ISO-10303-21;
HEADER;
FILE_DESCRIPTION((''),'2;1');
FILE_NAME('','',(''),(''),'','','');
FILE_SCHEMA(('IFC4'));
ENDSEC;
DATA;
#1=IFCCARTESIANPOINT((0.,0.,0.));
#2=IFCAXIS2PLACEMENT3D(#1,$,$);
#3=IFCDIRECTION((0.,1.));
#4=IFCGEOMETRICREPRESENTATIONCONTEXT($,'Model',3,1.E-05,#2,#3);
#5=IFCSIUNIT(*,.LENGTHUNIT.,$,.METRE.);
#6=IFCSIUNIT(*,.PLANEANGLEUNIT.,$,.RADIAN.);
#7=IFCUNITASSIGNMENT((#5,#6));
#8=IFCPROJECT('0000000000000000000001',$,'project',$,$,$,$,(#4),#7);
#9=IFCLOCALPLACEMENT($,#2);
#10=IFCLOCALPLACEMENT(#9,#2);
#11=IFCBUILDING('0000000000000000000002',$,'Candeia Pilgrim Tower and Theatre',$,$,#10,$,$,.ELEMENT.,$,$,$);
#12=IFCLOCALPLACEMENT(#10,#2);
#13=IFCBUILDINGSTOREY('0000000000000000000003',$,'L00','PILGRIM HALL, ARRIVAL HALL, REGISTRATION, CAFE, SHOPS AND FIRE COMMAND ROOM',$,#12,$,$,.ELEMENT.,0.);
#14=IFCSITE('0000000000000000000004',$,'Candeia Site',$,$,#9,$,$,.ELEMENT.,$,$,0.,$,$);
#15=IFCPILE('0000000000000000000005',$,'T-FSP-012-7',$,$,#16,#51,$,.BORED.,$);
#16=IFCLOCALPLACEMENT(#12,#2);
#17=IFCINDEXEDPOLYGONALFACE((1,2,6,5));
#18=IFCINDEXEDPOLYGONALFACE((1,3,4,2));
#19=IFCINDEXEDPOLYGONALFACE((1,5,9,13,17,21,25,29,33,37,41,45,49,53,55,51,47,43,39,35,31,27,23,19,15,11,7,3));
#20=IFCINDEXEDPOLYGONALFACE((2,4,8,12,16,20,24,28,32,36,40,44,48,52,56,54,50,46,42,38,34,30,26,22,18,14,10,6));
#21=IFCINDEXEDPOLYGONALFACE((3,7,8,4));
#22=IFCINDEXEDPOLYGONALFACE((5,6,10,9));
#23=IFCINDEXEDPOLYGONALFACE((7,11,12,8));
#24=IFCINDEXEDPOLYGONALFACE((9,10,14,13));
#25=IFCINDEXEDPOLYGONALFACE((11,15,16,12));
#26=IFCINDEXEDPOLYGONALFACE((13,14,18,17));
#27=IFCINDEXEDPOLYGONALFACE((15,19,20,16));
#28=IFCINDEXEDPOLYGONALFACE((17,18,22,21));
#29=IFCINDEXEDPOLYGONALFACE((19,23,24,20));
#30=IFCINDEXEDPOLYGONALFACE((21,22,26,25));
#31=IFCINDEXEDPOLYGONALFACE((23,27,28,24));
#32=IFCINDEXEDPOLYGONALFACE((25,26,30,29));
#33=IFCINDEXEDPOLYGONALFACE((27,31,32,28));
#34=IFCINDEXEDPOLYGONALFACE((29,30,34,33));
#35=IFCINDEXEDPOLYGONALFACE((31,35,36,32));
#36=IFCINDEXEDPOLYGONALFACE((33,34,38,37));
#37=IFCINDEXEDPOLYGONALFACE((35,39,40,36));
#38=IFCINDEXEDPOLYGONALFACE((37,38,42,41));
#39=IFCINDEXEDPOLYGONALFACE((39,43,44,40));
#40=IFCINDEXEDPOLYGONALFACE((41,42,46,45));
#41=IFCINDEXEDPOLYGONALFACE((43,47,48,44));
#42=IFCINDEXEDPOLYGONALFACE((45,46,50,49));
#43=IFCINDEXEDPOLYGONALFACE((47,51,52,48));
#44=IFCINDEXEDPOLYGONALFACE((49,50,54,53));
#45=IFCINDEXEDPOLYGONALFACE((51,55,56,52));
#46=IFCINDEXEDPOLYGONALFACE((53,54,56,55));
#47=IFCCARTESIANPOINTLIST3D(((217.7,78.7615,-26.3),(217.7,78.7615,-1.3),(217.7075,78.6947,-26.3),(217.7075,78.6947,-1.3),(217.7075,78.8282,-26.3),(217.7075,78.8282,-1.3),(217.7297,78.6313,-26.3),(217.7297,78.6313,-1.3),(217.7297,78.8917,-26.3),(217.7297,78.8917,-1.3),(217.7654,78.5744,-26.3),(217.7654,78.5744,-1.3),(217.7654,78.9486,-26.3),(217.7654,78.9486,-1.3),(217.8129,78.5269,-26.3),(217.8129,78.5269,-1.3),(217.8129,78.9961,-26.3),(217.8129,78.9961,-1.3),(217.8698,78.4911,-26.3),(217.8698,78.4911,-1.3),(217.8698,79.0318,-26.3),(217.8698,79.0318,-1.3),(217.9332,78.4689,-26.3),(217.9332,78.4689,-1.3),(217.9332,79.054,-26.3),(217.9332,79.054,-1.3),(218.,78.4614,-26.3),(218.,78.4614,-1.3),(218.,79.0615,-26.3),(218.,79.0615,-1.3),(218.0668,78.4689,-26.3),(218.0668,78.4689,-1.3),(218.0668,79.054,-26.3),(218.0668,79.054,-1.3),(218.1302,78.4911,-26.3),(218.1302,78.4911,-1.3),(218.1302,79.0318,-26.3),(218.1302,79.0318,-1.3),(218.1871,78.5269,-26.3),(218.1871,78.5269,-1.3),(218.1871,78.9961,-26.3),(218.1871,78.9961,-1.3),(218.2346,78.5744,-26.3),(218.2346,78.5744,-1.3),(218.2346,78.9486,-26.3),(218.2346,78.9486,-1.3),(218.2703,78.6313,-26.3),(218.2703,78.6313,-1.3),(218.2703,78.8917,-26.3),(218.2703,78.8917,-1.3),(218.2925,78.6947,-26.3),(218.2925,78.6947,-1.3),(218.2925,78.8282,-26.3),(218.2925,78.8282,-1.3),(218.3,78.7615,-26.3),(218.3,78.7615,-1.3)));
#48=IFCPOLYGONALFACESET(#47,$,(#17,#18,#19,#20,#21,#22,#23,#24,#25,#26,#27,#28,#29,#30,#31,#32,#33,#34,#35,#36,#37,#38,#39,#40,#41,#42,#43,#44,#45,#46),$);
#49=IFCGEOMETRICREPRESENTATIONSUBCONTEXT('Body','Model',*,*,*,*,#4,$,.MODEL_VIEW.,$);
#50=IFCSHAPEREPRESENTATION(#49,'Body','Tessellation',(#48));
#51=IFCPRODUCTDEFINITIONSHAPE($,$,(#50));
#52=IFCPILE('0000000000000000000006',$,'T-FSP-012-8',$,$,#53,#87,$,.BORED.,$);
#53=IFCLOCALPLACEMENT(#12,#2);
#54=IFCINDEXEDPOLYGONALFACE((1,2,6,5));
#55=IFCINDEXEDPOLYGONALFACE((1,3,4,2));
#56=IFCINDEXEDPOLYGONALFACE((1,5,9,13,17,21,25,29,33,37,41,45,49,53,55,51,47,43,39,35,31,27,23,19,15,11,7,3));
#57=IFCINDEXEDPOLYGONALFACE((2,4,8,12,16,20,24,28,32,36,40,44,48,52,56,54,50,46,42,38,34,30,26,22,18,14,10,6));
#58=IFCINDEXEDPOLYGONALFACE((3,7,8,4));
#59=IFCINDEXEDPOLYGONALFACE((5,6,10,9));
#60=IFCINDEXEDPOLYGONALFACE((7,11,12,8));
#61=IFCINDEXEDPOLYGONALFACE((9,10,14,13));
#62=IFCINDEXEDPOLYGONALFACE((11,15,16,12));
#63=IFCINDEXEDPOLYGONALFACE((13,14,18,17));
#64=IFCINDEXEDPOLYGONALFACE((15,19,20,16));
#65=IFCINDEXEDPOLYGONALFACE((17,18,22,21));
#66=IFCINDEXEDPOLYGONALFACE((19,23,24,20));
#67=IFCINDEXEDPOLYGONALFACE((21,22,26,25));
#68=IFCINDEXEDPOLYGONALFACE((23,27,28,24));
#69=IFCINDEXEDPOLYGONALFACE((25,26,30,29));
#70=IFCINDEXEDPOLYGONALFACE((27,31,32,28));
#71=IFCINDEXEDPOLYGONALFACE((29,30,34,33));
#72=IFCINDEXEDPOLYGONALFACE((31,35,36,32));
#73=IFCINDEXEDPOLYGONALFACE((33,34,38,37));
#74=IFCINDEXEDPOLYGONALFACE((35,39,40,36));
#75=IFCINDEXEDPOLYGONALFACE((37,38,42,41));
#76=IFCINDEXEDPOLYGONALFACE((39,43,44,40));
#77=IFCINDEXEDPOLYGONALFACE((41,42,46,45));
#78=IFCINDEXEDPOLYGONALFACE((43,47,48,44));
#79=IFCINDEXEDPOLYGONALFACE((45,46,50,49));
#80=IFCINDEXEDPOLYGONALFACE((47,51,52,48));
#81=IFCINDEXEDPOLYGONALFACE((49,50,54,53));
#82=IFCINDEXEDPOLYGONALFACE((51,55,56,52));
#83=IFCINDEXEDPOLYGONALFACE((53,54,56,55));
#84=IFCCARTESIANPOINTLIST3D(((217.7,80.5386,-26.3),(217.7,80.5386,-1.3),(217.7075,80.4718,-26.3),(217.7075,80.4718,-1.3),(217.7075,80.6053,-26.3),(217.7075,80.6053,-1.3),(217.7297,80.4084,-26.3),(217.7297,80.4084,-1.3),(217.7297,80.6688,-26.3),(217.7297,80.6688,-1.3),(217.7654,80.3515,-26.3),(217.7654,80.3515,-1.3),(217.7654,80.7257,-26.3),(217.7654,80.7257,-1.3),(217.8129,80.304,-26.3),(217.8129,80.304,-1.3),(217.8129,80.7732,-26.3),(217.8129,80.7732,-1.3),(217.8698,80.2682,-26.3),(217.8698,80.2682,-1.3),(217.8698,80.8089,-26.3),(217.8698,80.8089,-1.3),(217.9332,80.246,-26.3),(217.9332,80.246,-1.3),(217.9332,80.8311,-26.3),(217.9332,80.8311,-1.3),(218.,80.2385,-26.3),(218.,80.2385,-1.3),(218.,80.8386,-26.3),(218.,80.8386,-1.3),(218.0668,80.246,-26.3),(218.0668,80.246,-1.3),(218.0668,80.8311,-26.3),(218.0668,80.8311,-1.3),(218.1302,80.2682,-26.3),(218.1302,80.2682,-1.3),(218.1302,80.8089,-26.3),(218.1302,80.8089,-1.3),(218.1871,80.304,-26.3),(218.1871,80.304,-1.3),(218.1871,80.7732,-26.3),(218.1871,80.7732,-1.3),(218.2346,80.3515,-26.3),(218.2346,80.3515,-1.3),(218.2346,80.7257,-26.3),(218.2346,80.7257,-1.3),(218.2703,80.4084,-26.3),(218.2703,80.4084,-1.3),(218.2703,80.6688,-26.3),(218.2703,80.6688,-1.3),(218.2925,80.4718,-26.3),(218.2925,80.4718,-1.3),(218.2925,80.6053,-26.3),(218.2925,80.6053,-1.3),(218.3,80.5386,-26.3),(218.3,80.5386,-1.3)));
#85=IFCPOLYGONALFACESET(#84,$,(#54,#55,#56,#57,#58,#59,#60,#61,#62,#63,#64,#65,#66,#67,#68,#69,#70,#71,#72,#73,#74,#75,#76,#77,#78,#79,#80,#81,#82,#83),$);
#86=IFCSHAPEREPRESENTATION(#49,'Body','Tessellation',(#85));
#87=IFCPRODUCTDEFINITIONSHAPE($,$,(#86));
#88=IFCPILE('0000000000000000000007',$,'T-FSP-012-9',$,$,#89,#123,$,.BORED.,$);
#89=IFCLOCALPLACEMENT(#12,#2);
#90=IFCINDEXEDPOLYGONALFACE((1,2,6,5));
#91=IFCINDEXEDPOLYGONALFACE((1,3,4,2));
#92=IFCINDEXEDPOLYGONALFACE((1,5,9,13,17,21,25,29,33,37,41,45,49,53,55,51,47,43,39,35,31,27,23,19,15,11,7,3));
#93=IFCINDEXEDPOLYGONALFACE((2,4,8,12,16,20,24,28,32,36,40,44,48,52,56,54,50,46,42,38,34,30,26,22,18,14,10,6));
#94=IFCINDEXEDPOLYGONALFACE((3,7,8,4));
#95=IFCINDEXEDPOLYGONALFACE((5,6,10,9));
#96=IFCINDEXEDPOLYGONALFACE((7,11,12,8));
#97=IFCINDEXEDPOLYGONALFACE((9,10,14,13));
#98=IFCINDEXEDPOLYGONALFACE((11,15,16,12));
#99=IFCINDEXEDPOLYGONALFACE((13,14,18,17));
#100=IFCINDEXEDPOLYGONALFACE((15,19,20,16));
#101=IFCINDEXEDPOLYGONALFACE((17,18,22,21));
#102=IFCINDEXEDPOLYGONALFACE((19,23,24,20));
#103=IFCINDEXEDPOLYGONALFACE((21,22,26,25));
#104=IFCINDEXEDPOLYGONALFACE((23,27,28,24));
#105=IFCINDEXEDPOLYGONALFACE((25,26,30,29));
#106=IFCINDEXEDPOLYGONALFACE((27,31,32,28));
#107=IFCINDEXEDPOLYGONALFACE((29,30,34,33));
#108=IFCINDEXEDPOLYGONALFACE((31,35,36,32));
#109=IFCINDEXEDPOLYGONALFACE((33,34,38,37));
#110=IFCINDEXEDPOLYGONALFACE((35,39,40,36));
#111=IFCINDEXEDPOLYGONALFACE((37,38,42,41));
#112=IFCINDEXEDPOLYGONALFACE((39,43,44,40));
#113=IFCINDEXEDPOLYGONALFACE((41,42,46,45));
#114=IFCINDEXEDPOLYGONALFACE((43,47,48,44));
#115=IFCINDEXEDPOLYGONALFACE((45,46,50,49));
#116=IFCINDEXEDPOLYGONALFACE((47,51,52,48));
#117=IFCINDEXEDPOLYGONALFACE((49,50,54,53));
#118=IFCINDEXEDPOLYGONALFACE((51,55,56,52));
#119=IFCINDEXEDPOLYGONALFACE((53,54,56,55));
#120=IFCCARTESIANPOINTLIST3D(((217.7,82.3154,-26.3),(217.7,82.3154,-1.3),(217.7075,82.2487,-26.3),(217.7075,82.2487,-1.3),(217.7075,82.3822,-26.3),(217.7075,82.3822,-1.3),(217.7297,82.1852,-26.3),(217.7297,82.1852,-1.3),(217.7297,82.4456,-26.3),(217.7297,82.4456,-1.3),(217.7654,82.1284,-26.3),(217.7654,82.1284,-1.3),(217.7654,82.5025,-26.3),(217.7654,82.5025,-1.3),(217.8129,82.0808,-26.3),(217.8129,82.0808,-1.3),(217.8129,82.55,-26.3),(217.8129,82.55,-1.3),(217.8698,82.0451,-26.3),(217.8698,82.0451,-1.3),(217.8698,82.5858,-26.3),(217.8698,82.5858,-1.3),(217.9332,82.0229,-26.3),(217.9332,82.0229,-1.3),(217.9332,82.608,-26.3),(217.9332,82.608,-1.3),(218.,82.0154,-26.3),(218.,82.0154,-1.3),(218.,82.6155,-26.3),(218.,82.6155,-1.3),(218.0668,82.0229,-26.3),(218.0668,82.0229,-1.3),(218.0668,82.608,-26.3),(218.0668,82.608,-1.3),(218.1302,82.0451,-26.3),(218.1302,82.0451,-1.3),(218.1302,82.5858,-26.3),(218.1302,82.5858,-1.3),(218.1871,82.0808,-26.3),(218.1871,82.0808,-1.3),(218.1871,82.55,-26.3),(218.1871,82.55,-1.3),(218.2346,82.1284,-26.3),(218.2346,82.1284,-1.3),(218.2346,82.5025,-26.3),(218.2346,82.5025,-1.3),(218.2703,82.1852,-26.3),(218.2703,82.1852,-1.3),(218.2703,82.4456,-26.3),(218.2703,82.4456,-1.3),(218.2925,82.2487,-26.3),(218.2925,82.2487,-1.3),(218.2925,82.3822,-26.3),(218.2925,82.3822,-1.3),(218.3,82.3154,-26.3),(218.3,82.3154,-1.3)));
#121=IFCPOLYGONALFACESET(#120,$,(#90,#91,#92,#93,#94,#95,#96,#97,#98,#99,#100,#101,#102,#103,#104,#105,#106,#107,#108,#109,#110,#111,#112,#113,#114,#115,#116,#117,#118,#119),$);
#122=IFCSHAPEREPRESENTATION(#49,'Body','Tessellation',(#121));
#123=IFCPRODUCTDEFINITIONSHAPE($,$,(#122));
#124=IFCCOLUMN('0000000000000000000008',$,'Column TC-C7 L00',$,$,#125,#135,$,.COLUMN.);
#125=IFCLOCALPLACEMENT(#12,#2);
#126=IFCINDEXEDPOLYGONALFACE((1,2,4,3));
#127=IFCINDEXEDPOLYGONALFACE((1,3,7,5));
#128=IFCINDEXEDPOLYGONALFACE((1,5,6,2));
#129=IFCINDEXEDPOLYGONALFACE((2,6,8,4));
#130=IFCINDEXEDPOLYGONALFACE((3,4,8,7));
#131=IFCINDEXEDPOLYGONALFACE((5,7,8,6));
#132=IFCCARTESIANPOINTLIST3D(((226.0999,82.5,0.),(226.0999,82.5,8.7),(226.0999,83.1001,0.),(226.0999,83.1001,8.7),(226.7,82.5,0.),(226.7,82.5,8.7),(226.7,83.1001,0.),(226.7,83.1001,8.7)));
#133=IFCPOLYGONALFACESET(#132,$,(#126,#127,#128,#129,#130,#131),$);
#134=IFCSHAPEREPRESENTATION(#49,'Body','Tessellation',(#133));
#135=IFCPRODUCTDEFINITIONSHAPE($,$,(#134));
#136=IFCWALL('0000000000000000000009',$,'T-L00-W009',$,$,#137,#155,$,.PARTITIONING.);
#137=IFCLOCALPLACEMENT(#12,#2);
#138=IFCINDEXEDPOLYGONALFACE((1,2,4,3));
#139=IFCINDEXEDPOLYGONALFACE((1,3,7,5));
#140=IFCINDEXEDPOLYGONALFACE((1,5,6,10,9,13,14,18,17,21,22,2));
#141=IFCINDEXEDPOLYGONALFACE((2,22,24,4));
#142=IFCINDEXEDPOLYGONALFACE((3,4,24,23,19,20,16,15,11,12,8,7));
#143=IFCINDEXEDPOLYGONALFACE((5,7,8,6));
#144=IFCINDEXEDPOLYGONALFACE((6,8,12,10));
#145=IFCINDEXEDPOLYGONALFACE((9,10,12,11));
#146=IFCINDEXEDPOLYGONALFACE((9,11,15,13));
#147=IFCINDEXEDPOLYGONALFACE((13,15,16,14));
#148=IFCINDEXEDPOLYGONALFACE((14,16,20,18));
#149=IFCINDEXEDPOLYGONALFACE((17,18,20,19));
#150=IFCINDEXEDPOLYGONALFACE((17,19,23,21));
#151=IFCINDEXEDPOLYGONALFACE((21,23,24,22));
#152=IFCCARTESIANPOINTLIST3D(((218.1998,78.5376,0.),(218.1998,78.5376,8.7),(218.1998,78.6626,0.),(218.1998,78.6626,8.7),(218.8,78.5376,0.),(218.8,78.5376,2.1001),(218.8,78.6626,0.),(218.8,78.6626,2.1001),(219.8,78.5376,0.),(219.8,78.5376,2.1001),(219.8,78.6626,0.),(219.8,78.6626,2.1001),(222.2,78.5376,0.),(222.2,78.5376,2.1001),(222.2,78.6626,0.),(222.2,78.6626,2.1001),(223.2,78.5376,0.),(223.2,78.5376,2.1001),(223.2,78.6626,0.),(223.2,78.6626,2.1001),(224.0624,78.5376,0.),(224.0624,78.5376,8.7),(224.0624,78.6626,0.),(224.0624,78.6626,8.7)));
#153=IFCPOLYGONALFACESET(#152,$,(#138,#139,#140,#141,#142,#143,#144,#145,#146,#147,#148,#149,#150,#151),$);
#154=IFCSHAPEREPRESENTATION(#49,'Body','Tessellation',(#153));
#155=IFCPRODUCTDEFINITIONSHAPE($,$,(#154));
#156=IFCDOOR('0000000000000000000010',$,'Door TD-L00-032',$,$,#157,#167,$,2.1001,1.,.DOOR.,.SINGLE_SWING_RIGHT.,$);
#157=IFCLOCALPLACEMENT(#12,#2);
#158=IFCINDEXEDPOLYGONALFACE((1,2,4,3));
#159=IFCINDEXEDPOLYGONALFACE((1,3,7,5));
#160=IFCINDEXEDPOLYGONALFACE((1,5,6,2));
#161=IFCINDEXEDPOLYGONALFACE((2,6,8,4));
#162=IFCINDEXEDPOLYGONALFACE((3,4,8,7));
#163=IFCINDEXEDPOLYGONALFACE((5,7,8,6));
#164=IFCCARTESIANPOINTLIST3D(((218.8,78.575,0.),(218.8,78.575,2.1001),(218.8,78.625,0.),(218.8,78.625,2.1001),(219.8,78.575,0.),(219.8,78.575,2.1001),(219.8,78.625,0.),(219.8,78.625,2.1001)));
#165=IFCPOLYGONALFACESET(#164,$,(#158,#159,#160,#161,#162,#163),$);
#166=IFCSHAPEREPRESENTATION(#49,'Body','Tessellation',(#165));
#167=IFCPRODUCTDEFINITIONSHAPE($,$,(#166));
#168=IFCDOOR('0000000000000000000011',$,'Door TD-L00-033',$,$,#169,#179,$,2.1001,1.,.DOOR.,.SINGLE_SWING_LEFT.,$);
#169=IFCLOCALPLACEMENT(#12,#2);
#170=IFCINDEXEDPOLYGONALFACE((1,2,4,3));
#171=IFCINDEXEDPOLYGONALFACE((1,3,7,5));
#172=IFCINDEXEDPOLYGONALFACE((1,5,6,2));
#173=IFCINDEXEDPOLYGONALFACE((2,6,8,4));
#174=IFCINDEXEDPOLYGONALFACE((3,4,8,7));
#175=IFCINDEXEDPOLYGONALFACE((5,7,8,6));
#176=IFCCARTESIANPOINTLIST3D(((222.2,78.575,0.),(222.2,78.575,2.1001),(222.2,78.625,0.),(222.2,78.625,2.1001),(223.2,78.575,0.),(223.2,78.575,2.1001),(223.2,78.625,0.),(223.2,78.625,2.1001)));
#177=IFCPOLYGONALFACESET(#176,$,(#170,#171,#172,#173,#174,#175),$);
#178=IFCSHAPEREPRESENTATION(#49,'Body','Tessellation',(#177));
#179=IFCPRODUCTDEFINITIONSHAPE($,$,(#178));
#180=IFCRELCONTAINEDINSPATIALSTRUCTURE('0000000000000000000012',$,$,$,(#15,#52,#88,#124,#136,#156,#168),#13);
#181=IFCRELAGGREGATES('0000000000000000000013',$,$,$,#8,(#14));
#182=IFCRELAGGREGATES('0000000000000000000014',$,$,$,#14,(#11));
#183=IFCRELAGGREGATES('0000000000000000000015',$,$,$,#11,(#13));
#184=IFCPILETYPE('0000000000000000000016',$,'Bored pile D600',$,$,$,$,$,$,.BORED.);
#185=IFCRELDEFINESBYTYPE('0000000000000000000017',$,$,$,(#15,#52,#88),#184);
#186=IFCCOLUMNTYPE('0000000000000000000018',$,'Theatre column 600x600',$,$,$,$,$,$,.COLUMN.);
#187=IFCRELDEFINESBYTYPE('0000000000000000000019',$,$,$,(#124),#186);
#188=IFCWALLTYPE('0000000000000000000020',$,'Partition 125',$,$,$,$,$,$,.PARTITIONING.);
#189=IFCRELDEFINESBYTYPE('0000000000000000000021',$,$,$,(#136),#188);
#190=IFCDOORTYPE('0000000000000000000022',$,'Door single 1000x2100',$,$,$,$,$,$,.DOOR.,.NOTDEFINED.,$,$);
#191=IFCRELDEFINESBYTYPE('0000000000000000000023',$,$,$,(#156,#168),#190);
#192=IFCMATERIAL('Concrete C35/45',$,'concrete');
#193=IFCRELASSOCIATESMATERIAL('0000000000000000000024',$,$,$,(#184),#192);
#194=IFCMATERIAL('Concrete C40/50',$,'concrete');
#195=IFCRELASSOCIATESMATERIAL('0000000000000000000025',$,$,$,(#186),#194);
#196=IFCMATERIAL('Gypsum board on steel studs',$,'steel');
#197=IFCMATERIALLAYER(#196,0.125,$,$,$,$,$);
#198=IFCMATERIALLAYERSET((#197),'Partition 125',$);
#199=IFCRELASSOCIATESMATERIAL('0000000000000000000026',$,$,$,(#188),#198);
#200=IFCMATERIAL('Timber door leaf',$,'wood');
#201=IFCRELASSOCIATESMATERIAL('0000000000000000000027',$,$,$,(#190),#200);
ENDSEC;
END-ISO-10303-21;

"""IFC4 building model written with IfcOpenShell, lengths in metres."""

from ifc_helpers import new_model, si_unit, direction, frame, frame_2d, origin, origin_2d, place, context, subcontext, project, spatial, rectangle, circle, extrude, material, layer, layer_set, material_profile, profile_set, type_object, element, fill, save


model = new_model("IFC4")

# Units and contexts
model_context = context("Model", 3, precision=1e-05, world=origin(), true_north=direction((0.0, 1.0)))
body_context = subcontext(model_context, "Body", "Model", "MODEL_VIEW")
ifc_project = project(units=[si_unit("LENGTHUNIT", "METRE"), si_unit("PLANEANGLEUNIT", "RADIAN")], contexts=[model_context])

# Site, building, storey
site_placement = place(None, origin())
site = spatial("IfcSite", under=ifc_project, at=site_placement, Name="Candeia Site", CompositionType="ELEMENT", RefElevation=0.0)
building_placement = place(site_placement, origin())
building = spatial("IfcBuilding", under=site, at=building_placement, Name="Candeia Pilgrim Tower and Theatre", CompositionType="ELEMENT")
storey_placement = place(building_placement, origin())
storey = spatial("IfcBuildingStorey", under=building, at=storey_placement, Name="L00", Description="PILGRIM HALL, ARRIVAL HALL, REGISTRATION, CAFE, SHOPS AND FIRE COMMAND ROOM", CompositionType="ELEMENT", Elevation=0.0)

# Piles
ifc_material_1 = material(Name="Concrete C35/45", Category="concrete")
pile_type = type_object("IfcPileType", Name="Bored pile D600", PredefinedType="BORED", material=ifc_material_1)
for number, where, z_axis, x_axis, name in (
    (1, (218.0, 78.7615, -1.3), (0.0, 0.0, -1.0), (1.0, 0.0, 0.0), "T-FSP-012-7"),
    (2, (218.0, 80.5386, -1.3), (0.0, 0.0, -1.0), (1.0, 0.0, 0.0), "T-FSP-012-8"),
    (3, (218.0, 82.3154, -1.3), (0.0, 0.0, -1.0), (1.0, 0.0, 0.0), "T-FSP-012-9"),
):
    element("IfcPile", number, at=place(storey_placement, frame(where, z_axis=z_axis, x_axis=x_axis)), inside=storey, type_object=pile_type, Name=name, PredefinedType="BORED", context=body_context, shape_type="SweptSolid", body=[
        extrude(circle(Radius=0.3, at=origin_2d()), origin(), (0.0, 0.0, 1.0), 25.0),
    ])

# Column
ifc_material_2 = material(Name="Concrete C40/50", Category="concrete")
ifc_material_profile = material_profile(ifc_material_2, rectangle(XDim=0.6001, YDim=0.6001, at=origin_2d()))
ifc_profile_set = profile_set([ifc_material_profile], Name="Concrete C40/50")
column_type = type_object("IfcColumnType", Name="Theatre column 600x600", PredefinedType="COLUMN", material=ifc_profile_set)
column_placement = place(storey_placement, frame((226.3999, 82.8, 0.0), z_axis=(0.0, 0.0, 1.0), x_axis=(1.0, 0.0, 0.0)))
element("IfcColumn", 4, at=column_placement, inside=storey, type_object=column_type, Name="Column TC-C7 L00", PredefinedType="COLUMN", context=body_context, shape_type="SweptSolid", body=[
    extrude(rectangle(XDim=0.6001, YDim=0.6001, at=origin_2d()), origin(), (0.0, 0.0, 1.0), 8.7),
])

# Wall, openings, doors
ifc_material_3 = material(Name="Gypsum board on steel studs", Category="steel")
ifc_layer = layer(ifc_material_3, 0.125)
ifc_layer_set = layer_set([ifc_layer], Name="Partition 125")
wall_type = type_object("IfcWallType", Name="Partition 125", PredefinedType="PARTITIONING", material=ifc_layer_set)
wall_1_placement = place(storey_placement, frame((218.2, 78.6001, 0.0), z_axis=(0.0, 0.0, 1.0), x_axis=(1.0, 0.0, 0.0)))
wall_1 = element("IfcWall", 5, at=wall_1_placement, inside=storey, type_object=wall_type, Name="T-L00-W009", PredefinedType="PARTITIONING", context=body_context, shape_type="SweptSolid", body=[
    extrude(rectangle(XDim=5.8625, YDim=0.125, at=frame_2d((2.9312, 0.0))), origin(), (0.0, 0.0, 1.0), 8.7),
])
opening_1_placement = place(wall_1_placement, frame((0.6001, 0.0, 0.0)))
opening_1 = element("IfcOpeningElement", 6, at=opening_1_placement, cuts=wall_1, PredefinedType="OPENING", context=body_context, shape_type="SweptSolid", body=[
    extrude(rectangle(XDim=1.0, YDim=2.1001, at=frame_2d((0.5, 1.05))), frame((0.0, 0.0725, 0.0), z_axis=(0.0, -1.0, 0.0), x_axis=(1.0, 0.0, 0.0)), (0.0, 0.0, 1.0), 0.145),
])
opening_2_placement = place(wall_1_placement, frame((4.0, 0.0, 0.0)))
opening_2 = element("IfcOpeningElement", 7, at=opening_2_placement, cuts=wall_1, PredefinedType="OPENING", context=body_context, shape_type="SweptSolid", body=[
    extrude(rectangle(XDim=1.0, YDim=2.1001, at=frame_2d((0.5, 1.05))), frame((0.0, 0.0725, 0.0), z_axis=(0.0, -1.0, 0.0), x_axis=(1.0, 0.0, 0.0)), (0.0, 0.0, 1.0), 0.145),
])
ifc_material_4 = material(Name="Timber door leaf", Category="wood")
door_type_1 = type_object("IfcDoorType", Name="Door single 1000x2100", OperationType="NOTDEFINED", PredefinedType="DOOR", material=ifc_material_4)
door_1_placement = place(opening_1_placement, origin())
door_1 = element("IfcDoor", 8, at=door_1_placement, inside=storey, type_object=door_type_1, Name="Door TD-L00-032", OperationType="SINGLE_SWING_RIGHT", OverallHeight=2.1001, OverallWidth=1.0, PredefinedType="DOOR", context=body_context, shape_type="SweptSolid", body=[
    extrude(rectangle(XDim=1.0, YDim=2.1001, at=frame_2d((0.5, 1.05))), frame((0.0, 0.0249, 0.0), z_axis=(0.0, -1.0, 0.0), x_axis=(1.0, 0.0, 0.0)), (0.0, 0.0, 1.0), 0.05),
])
fill(opening_1, door_1)
door_2_placement = place(opening_2_placement, origin())
door_2 = element("IfcDoor", 9, at=door_2_placement, inside=storey, type_object=door_type_1, Name="Door TD-L00-033", OperationType="SINGLE_SWING_LEFT", OverallHeight=2.1001, OverallWidth=1.0, PredefinedType="DOOR", context=body_context, shape_type="SweptSolid", body=[
    extrude(rectangle(XDim=1.0, YDim=2.1001, at=frame_2d((0.5, 1.05))), frame((0.0, 0.0249, 0.0), z_axis=(0.0, -1.0, 0.0), x_axis=(1.0, 0.0, 0.0)), (0.0, 0.0, 1.0), 0.05),
])
fill(opening_2, door_2)

save(model, "model.ifc")
